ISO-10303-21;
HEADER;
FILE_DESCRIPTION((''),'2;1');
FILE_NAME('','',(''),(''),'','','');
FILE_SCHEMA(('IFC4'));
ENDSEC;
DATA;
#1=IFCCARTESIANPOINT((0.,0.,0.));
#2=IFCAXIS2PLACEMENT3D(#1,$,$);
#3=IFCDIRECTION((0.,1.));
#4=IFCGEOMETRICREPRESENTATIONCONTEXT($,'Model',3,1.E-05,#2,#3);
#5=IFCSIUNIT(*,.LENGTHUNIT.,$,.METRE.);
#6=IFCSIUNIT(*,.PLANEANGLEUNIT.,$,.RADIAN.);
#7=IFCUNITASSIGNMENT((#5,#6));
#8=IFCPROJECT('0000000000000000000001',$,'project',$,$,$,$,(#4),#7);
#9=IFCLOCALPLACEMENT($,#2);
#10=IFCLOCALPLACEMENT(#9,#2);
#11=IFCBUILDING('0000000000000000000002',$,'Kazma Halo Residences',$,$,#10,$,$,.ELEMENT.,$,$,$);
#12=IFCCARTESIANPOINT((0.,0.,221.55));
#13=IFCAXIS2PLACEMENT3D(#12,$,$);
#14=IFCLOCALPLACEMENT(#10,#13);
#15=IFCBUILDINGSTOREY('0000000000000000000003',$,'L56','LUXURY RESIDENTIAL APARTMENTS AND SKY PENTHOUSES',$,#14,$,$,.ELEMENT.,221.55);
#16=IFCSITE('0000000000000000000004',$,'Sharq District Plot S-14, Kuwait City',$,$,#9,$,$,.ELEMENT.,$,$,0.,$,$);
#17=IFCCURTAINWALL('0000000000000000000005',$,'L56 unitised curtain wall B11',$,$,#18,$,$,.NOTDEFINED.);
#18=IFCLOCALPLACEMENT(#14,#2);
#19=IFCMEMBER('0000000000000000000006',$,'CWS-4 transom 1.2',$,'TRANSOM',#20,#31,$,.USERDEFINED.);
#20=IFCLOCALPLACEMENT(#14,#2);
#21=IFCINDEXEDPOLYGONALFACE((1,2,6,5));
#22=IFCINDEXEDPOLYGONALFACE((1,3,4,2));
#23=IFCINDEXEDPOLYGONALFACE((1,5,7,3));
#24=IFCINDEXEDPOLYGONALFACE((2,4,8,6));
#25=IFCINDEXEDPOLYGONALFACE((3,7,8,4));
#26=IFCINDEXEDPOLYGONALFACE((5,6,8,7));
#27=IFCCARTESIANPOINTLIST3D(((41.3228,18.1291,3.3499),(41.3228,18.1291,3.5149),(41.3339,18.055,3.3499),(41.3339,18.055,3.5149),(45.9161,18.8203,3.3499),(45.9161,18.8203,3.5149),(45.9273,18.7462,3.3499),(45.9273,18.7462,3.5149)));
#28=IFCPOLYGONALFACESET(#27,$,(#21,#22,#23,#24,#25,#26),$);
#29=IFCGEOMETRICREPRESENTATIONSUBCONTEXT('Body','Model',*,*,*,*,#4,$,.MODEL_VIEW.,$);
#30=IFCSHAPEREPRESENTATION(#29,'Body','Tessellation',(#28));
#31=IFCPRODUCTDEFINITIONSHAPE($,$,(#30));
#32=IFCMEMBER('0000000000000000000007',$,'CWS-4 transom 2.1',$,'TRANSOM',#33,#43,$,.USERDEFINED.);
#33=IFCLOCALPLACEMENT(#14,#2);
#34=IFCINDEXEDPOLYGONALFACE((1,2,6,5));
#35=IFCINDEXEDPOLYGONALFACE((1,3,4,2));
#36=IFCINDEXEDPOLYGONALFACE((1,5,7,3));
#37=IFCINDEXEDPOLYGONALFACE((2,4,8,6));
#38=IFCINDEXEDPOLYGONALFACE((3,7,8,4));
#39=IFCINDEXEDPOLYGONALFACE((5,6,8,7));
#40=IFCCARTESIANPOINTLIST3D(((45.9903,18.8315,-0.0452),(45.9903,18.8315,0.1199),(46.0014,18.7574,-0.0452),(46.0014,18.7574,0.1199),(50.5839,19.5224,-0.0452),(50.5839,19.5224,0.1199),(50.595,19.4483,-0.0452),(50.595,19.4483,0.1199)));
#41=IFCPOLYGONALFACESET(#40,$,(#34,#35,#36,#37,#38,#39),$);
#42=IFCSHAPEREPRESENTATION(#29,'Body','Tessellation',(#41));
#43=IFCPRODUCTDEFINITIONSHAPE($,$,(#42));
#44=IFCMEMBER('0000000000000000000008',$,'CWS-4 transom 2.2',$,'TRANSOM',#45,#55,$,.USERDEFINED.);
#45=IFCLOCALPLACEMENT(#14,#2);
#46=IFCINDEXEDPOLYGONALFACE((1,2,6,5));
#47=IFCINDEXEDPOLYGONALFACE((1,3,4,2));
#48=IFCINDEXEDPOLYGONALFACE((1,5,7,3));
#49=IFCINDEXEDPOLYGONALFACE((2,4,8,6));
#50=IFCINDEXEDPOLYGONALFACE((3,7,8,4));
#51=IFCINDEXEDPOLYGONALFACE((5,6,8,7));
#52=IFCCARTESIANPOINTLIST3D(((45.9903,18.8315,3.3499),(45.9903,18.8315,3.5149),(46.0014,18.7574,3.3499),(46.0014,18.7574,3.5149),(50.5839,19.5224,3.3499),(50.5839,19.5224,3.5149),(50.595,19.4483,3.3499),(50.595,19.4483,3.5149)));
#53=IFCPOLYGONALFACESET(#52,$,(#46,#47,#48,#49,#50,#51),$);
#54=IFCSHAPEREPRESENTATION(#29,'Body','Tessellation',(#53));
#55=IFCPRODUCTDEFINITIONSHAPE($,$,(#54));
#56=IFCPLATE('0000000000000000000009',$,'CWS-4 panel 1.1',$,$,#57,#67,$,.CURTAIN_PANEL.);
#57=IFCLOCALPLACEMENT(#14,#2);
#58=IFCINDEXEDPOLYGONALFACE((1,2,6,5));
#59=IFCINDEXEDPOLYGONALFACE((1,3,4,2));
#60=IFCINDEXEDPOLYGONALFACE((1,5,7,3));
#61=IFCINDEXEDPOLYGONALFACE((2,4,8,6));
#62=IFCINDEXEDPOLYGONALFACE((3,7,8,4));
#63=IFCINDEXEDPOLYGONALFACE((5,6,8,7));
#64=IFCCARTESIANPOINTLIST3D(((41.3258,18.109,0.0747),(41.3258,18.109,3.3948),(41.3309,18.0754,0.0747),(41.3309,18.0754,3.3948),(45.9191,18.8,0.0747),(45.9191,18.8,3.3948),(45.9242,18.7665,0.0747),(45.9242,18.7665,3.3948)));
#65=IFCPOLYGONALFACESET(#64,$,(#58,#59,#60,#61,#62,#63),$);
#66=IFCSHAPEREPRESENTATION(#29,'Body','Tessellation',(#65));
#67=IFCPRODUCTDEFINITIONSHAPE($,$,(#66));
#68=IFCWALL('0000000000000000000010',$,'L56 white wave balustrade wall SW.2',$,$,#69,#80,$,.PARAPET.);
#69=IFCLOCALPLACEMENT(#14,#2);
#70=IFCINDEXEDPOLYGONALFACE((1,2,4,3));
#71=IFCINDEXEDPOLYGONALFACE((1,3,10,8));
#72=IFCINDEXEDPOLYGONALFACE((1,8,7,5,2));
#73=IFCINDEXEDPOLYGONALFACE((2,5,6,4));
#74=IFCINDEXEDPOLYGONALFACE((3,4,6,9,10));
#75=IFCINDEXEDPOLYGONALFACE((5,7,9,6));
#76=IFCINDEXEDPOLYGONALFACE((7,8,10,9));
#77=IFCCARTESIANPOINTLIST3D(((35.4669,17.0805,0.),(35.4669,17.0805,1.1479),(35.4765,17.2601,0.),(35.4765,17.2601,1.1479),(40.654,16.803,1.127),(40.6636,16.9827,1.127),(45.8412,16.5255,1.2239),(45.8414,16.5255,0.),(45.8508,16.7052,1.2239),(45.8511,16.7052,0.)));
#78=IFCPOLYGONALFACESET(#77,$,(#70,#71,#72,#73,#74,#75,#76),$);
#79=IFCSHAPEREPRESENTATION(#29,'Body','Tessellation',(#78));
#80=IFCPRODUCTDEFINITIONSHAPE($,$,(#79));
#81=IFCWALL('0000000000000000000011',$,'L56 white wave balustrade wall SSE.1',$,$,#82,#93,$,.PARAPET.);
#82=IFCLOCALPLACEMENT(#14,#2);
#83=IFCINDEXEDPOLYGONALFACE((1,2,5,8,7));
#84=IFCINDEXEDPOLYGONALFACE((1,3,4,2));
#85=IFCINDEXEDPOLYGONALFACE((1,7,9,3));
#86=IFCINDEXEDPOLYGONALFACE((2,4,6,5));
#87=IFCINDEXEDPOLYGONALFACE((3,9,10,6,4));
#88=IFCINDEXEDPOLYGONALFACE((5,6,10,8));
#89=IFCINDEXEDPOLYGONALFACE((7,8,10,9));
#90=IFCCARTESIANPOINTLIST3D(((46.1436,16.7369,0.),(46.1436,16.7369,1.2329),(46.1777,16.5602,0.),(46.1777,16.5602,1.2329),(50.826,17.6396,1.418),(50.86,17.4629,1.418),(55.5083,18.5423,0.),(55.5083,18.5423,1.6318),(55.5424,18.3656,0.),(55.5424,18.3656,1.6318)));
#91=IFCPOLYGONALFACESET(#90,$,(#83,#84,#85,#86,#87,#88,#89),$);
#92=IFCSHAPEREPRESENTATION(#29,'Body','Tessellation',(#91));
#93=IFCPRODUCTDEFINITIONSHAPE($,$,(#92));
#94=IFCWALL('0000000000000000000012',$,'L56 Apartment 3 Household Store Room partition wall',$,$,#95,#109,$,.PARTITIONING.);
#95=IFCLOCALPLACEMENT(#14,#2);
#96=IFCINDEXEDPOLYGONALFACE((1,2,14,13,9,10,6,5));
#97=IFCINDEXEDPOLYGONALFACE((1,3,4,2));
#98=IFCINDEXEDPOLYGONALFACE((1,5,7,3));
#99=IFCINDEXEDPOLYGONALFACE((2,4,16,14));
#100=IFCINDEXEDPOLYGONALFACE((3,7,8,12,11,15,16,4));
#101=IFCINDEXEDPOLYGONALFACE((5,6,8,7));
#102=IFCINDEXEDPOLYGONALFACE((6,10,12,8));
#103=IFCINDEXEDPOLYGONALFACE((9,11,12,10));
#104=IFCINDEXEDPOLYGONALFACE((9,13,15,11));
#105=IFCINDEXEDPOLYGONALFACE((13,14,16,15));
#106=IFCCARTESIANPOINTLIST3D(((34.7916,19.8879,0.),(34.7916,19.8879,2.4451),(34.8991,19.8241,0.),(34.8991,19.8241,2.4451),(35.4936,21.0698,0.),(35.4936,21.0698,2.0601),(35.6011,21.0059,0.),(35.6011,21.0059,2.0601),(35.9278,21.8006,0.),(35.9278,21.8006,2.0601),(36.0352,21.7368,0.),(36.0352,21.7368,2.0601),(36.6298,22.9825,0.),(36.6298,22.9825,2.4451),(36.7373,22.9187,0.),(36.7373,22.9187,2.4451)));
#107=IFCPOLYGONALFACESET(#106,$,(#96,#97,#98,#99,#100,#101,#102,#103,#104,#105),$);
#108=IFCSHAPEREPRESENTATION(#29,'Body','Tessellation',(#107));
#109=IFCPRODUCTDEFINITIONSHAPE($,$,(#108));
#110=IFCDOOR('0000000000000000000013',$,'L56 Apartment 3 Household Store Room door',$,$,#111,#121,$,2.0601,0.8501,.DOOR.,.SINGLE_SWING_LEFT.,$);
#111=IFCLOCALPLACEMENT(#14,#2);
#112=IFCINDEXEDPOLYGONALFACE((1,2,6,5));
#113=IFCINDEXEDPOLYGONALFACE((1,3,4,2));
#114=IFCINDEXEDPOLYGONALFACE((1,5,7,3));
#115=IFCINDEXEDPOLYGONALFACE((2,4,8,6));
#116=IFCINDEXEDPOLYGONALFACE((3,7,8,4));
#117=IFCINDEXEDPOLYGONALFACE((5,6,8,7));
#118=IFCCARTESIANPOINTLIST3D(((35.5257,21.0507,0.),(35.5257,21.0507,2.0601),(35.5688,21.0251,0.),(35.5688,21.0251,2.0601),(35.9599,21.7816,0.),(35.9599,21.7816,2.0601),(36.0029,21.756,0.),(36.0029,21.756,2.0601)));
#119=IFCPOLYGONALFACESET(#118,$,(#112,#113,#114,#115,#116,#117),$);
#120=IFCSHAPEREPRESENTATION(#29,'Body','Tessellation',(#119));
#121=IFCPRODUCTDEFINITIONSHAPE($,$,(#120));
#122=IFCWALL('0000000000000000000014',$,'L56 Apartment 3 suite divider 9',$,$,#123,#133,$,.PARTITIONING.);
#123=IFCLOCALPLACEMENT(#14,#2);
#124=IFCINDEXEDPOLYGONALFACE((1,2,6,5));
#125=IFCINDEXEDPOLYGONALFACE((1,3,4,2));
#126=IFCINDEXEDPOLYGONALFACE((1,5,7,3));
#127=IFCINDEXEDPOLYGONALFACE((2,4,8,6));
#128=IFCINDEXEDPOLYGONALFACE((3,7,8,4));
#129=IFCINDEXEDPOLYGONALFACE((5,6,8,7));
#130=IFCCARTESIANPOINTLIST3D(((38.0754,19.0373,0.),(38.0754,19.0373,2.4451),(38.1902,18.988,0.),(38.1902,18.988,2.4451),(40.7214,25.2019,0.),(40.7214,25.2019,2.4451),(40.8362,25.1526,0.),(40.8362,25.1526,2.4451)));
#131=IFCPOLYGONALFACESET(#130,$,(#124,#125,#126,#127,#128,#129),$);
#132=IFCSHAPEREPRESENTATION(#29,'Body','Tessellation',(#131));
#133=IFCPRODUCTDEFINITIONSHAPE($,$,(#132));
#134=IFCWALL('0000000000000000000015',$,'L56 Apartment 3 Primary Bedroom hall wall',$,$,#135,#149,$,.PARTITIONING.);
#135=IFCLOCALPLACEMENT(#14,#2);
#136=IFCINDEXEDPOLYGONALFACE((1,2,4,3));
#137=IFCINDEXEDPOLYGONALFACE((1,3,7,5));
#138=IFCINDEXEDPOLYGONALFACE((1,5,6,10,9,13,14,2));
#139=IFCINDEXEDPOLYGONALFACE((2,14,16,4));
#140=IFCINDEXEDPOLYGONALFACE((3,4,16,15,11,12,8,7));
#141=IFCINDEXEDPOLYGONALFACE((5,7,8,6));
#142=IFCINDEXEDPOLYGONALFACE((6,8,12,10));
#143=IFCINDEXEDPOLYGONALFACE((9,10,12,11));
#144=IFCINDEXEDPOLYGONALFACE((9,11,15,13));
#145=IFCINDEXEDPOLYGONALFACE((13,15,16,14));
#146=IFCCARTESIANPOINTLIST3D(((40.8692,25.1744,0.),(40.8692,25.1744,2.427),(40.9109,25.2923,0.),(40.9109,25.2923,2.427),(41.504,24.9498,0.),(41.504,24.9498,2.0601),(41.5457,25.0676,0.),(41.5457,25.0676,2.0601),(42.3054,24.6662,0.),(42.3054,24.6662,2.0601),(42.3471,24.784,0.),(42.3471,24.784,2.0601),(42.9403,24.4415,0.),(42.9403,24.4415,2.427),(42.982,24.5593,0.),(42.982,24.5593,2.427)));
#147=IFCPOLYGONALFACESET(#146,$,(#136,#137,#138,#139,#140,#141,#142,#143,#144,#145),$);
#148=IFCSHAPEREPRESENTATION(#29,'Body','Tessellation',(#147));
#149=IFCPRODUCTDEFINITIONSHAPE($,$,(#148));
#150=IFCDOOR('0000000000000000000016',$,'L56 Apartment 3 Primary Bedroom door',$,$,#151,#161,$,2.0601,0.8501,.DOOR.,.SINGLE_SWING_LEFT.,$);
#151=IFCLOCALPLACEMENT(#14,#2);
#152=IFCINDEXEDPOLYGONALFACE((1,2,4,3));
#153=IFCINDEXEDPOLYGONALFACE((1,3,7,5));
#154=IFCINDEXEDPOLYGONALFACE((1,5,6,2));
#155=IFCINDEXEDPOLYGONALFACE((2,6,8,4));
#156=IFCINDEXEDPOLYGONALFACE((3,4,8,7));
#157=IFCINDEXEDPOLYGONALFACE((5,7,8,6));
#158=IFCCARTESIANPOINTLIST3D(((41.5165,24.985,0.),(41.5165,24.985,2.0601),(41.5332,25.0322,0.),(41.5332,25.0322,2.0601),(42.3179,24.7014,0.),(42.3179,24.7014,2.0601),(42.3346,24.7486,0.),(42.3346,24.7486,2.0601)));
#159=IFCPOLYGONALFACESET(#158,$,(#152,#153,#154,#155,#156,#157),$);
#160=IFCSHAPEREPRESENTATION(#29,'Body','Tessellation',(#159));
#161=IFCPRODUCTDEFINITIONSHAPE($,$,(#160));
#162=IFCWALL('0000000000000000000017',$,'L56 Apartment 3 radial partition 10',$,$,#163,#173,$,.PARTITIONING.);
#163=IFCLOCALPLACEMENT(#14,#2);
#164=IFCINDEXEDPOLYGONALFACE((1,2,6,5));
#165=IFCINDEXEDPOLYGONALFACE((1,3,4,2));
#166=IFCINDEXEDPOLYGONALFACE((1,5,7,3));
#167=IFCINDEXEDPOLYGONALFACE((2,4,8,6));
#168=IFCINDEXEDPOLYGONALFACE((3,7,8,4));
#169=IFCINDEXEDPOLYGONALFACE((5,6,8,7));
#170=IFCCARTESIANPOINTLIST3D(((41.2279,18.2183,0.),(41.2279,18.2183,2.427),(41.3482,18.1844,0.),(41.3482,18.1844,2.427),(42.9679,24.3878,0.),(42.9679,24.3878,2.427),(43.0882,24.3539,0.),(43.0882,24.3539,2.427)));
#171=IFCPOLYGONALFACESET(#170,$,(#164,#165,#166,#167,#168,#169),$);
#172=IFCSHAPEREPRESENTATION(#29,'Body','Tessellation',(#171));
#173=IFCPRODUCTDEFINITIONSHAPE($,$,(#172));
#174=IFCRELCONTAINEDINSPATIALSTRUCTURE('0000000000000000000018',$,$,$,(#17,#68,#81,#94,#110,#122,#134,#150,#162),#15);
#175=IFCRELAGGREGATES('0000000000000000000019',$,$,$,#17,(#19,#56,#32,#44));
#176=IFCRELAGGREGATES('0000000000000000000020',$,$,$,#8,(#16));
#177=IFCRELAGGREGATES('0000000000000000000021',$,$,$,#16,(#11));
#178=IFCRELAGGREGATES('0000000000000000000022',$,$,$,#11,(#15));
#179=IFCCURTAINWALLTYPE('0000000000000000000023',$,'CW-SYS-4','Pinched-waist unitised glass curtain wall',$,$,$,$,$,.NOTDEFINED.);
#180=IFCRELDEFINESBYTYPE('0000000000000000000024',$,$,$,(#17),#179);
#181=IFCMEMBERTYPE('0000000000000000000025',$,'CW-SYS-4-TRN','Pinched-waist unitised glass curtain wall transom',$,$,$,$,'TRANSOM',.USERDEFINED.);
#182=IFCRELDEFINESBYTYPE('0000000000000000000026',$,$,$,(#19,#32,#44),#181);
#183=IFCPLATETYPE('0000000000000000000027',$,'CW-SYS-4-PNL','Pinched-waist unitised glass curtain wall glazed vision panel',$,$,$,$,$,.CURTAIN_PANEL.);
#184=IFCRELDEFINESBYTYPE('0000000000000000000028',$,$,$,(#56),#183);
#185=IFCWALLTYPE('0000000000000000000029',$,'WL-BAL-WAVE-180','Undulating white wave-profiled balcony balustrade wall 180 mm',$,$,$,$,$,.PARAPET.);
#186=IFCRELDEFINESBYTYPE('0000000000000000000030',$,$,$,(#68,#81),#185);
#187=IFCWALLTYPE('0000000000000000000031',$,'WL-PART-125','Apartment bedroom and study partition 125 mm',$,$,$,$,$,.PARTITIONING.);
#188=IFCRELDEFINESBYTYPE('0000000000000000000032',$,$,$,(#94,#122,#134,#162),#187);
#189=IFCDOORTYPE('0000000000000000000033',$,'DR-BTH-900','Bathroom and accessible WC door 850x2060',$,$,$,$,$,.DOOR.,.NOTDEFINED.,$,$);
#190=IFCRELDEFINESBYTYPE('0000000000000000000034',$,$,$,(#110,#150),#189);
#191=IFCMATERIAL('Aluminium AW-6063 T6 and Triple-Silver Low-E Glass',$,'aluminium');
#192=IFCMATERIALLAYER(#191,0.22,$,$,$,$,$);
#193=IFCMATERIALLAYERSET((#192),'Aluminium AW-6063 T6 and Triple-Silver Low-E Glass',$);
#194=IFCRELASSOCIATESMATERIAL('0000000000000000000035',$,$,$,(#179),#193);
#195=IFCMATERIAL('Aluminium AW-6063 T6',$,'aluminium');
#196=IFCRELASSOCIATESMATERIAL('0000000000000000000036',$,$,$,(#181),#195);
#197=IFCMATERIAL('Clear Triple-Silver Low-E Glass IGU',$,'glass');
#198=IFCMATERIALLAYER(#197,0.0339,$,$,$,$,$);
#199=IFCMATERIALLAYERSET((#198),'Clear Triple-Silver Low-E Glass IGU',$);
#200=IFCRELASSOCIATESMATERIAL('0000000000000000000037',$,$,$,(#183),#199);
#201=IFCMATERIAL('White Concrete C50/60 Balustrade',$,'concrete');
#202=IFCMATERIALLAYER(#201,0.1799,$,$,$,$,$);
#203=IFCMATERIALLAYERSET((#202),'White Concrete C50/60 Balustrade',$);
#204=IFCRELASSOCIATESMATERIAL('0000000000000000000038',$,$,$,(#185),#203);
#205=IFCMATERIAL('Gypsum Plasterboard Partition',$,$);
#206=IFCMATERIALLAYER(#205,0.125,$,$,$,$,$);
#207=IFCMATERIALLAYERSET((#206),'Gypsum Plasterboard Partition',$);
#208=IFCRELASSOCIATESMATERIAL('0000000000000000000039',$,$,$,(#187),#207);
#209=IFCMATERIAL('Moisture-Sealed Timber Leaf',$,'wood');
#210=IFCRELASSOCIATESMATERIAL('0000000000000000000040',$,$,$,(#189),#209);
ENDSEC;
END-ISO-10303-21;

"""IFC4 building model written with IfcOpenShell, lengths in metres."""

from ifc_helpers import new_model, si_unit, direction, frame, frame_2d, origin, origin_2d, place, context, subcontext, project, spatial, polyline, rectangle, outline, extrude, material, layer, layer_set, material_profile, profile_set, type_object, element, fill, aggregate, save


model = new_model("IFC4")

# Units and contexts
model_context = context("Model", 3, precision=1e-05, world=origin(), true_north=direction((0.0, 1.0)))
body_context = subcontext(model_context, "Body", "Model", "MODEL_VIEW")
ifc_project = project(units=[si_unit("LENGTHUNIT", "METRE"), si_unit("PLANEANGLEUNIT", "RADIAN")], contexts=[model_context])

# Site, building, storey
site_placement = place(None, origin())
site = spatial("IfcSite", under=ifc_project, at=site_placement, Name="Sharq District Plot S-14, Kuwait City", CompositionType="ELEMENT", RefElevation=0.0)
building_placement = place(site_placement, origin())
building = spatial("IfcBuilding", under=site, at=building_placement, Name="Kazma Halo Residences", CompositionType="ELEMENT")
storey_placement = place(building_placement, frame((0.0, 0.0, 221.55)))
storey = spatial("IfcBuildingStorey", under=building, at=storey_placement, Name="L56", Description="LUXURY RESIDENTIAL APARTMENTS AND SKY PENTHOUSES", CompositionType="ELEMENT", Elevation=221.55)

# Curtain wall, members, plate
ifc_material_1 = material(Name="Aluminium AW-6063 T6 and Triple-Silver Low-E Glass", Category="aluminium")
ifc_layer_1 = layer(ifc_material_1, 0.22)
ifc_layer_set_1 = layer_set([ifc_layer_1], Name="Aluminium AW-6063 T6 and Triple-Silver Low-E Glass")
curtain_wall_type = type_object("IfcCurtainWallType", Name="CW-SYS-4", Description="Pinched-waist unitised glass curtain wall", PredefinedType="NOTDEFINED", material=ifc_layer_set_1)
curtain_wall_placement = place(storey_placement, origin())
curtain_wall = element("IfcCurtainWall", 1, at=curtain_wall_placement, inside=storey, type_object=curtain_wall_type, Name="L56 unitised curtain wall B11", PredefinedType="NOTDEFINED")
ifc_material_2 = material(Name="Aluminium AW-6063 T6", Category="aluminium")
ifc_material_profile_1 = material_profile(ifc_material_2, rectangle(XDim=0.075, YDim=0.165, at=origin_2d()), Name="CWT-75x165")
ifc_profile_set_1 = profile_set([ifc_material_profile_1], Name="Aluminium AW-6063 T6")
member_type_1 = type_object("IfcMemberType", Name="CW-SYS-4-TRN", Description="Pinched-waist unitised glass curtain wall transom", ElementType="TRANSOM", PredefinedType="USERDEFINED", material=ifc_profile_set_1)
member_1_placement = place(storey_placement, frame((41.3284, 18.092, 3.4324), z_axis=(0.988868, 0.148798, 0.0), x_axis=(-0.148798, 0.988868, 0.0)))
member_1 = element("IfcMember", 2, at=member_1_placement, type_object=member_type_1, Name="CWS-4 transom 1.2", ObjectType="TRANSOM", PredefinedType="USERDEFINED", context=body_context, shape_type="SweptSolid", body=[
    extrude(rectangle(XDim=0.075, YDim=0.165, at=origin_2d()), origin(), (0.0, 0.0, 1.0), 4.645),
])
member_2_placement = place(storey_placement, frame((45.9958, 18.7944, 0.0374), z_axis=(0.988877, 0.148739, 0.0), x_axis=(-0.148739, 0.988877, 0.0)))
member_2 = element("IfcMember", 3, at=member_2_placement, type_object=member_type_1, Name="CWS-4 transom 2.1", ObjectType="TRANSOM", PredefinedType="USERDEFINED", context=body_context, shape_type="SweptSolid", body=[
    extrude(rectangle(XDim=0.075, YDim=0.165, at=origin_2d()), origin(), (0.0, 0.0, 1.0), 4.6453),
])
member_3_placement = place(storey_placement, frame((45.9958, 18.7944, 3.4324), z_axis=(0.988877, 0.148739, 0.0), x_axis=(-0.148739, 0.988877, 0.0)))
member_3 = element("IfcMember", 4, at=member_3_placement, type_object=member_type_1, Name="CWS-4 transom 2.2", ObjectType="TRANSOM", PredefinedType="USERDEFINED", context=body_context, shape_type="SweptSolid", body=[
    extrude(rectangle(XDim=0.075, YDim=0.165, at=origin_2d()), origin(), (0.0, 0.0, 1.0), 4.6453),
])
ifc_material_3 = material(Name="Clear Triple-Silver Low-E Glass IGU", Category="glass")
ifc_layer_2 = layer(ifc_material_3, 0.0339)
ifc_layer_set_2 = layer_set([ifc_layer_2], Name="Clear Triple-Silver Low-E Glass IGU")
plate_type = type_object("IfcPlateType", Name="CW-SYS-4-PNL", Description="Pinched-waist unitised glass curtain wall glazed vision panel", PredefinedType="CURTAIN_PANEL", material=ifc_layer_set_2)
plate_placement = place(storey_placement, frame((43.625, 18.4377, 0.0747), z_axis=(0.0, 0.0, 1.0), x_axis=(0.988871, 0.148773, 0.0)))
plate = element("IfcPlate", 5, at=plate_placement, type_object=plate_type, Name="CWS-4 panel 1.1", PredefinedType="CURTAIN_PANEL", context=body_context, shape_type="SweptSolid", body=[
    extrude(rectangle(XDim=4.645, YDim=0.0339, at=origin_2d()), origin(), (0.0, 0.0, 1.0), 3.3201),
])
aggregate(curtain_wall, [member_1, plate, member_2, member_3])

# Walls
ifc_material_4 = material(Name="White Concrete C50/60 Balustrade", Category="concrete")
ifc_layer_3 = layer(ifc_material_4, 0.1799)
ifc_layer_set_3 = layer_set([ifc_layer_3], Name="White Concrete C50/60 Balustrade")
wall_type_1 = type_object("IfcWallType", Name="WL-BAL-WAVE-180", Description="Undulating white wave-profiled balcony balustrade wall 180 mm", PredefinedType="PARAPET", material=ifc_layer_set_3)
wall_1_placement = place(storey_placement, frame((35.4717, 17.1704, 0.0), z_axis=(0.0, 0.0, 1.0), x_axis=(0.998572, -0.053414, 0.0)))
element("IfcWall", 6, at=wall_1_placement, inside=storey, type_object=wall_type_1, Name="L56 white wave balustrade wall SW.2", PredefinedType="PARAPET", context=body_context, shape_type="SweptSolid", body=[
    extrude(outline(polyline([(0.0, 0.0), (10.3894, 0.0), (10.3892, 1.2239), (5.1946, 1.127), (0.0, 1.1479), (0.0, 0.0)])), frame((0.0, 0.0898, 0.0), z_axis=(0.0, -1.0, 0.0), x_axis=(1.0, 0.0, 0.0)), (0.0, 0.0, 1.0), 0.1799),
])
wall_2_placement = place(storey_placement, frame((46.1606, 16.6487, 0.0), z_axis=(0.0, 0.0, 1.0), x_axis=(0.981919, 0.189303, 0.0)))
element("IfcWall", 7, at=wall_2_placement, inside=storey, type_object=wall_type_1, Name="L56 white wave balustrade wall SSE.1", PredefinedType="PARAPET", context=body_context, shape_type="SweptSolid", body=[
    extrude(outline(polyline([(0.0, 0.0), (9.5371, 0.0), (9.5371, 1.6318), (4.7686, 1.418), (0.0, 1.2329), (0.0, 0.0)])), frame((0.0, 0.0898, 0.0), z_axis=(0.0, -1.0, 0.0), x_axis=(1.0, 0.0, 0.0)), (0.0, 0.0, 1.0), 0.1799),
])

# Wall, opening, door
ifc_material_5 = material(Name="Gypsum Plasterboard Partition")
ifc_layer_4 = layer(ifc_material_5, 0.125)
ifc_layer_set_4 = layer_set([ifc_layer_4], Name="Gypsum Plasterboard Partition")
wall_type_2 = type_object("IfcWallType", Name="WL-PART-125", Description="Apartment bedroom and study partition 125 mm", PredefinedType="PARTITIONING", material=ifc_layer_set_4)
wall_3_placement = place(storey_placement, frame((36.6836, 22.9507, 0.0), z_axis=(0.0, 0.0, 1.0), x_axis=(-0.5107, -0.859759, 0.0)))
wall_3 = element("IfcWall", 8, at=wall_3_placement, inside=storey, type_object=wall_type_2, Name="L56 Apartment 3 Household Store Room partition wall", PredefinedType="PARTITIONING", context=body_context, shape_type="SweptSolid", body=[
    extrude(rectangle(XDim=3.5994, YDim=0.125, at=frame_2d((1.7998, 0.0))), origin(), (0.0, 0.0, 1.0), 2.4451),
])
opening_1_placement = place(wall_3_placement, frame((1.3748, 0.0, 0.0)))
opening_1 = element("IfcOpeningElement", 9, at=opening_1_placement, cuts=wall_3, PredefinedType="OPENING", context=body_context, shape_type="SweptSolid", body=[
    extrude(rectangle(XDim=0.8501, YDim=2.0601, at=frame_2d((0.425, 1.03))), frame((0.0, 0.0725, 0.0), z_axis=(0.0, -1.0, 0.0), x_axis=(1.0, 0.0, 0.0)), (0.0, 0.0, 1.0), 0.145),
])
ifc_material_6 = material(Name="Moisture-Sealed Timber Leaf", Category="wood")
door_type_1 = type_object("IfcDoorType", Name="DR-BTH-900", Description="Bathroom and accessible WC door 850x2060", OperationType="NOTDEFINED", PredefinedType="DOOR", material=ifc_material_6)
door_1_placement = place(opening_1_placement, origin())
door_1 = element("IfcDoor", 10, at=door_1_placement, inside=storey, type_object=door_type_1, Name="L56 Apartment 3 Household Store Room door", OperationType="SINGLE_SWING_LEFT", OverallHeight=2.0601, OverallWidth=0.8501, PredefinedType="DOOR", context=body_context, shape_type="SweptSolid", body=[
    extrude(rectangle(XDim=0.8501, YDim=2.0601, at=frame_2d((0.425, 1.03))), frame((0.0, 0.0249, 0.0), z_axis=(0.0, -1.0, 0.0), x_axis=(1.0, 0.0, 0.0)), (0.0, 0.0, 1.0), 0.05),
])
fill(opening_1, door_1)

# Wall
wall_4_placement = place(storey_placement, frame((40.7788, 25.1772, 0.0), z_axis=(0.0, 0.0, 1.0), x_axis=(-0.394429, -0.918927, 0.0)))
element("IfcWall", 11, at=wall_4_placement, inside=storey, type_object=wall_type_2, Name="L56 Apartment 3 suite divider 9", PredefinedType="PARTITIONING", context=body_context, shape_type="SweptSolid", body=[
    extrude(rectangle(XDim=6.7085, YDim=0.125, at=frame_2d((3.3542, 0.0))), origin(), (0.0, 0.0, 1.0), 2.4451),
])

# Wall, opening, door
wall_5_placement = place(storey_placement, frame((40.8899, 25.2334, 0.0), z_axis=(0.0, 0.0, 1.0), x_axis=(0.942711, -0.333611, 0.0)))
wall_5 = element("IfcWall", 12, at=wall_5_placement, inside=storey, type_object=wall_type_2, Name="L56 Apartment 3 Primary Bedroom hall wall", PredefinedType="PARTITIONING", context=body_context, shape_type="SweptSolid", body=[
    extrude(rectangle(XDim=2.197, YDim=0.125, at=frame_2d((1.0986, 0.0))), origin(), (0.0, 0.0, 1.0), 2.427),
])
opening_2_placement = place(wall_5_placement, frame((0.6736, 0.0, 0.0)))
opening_2 = element("IfcOpeningElement", 13, at=opening_2_placement, cuts=wall_5, PredefinedType="OPENING", context=body_context, shape_type="SweptSolid", body=[
    extrude(rectangle(XDim=0.8501, YDim=2.0601, at=frame_2d((0.425, 1.03))), frame((0.0, 0.0725, 0.0), z_axis=(0.0, -1.0, 0.0), x_axis=(1.0, 0.0, 0.0)), (0.0, 0.0, 1.0), 0.145),
])
door_2_placement = place(opening_2_placement, origin())
door_2 = element("IfcDoor", 14, at=door_2_placement, inside=storey, type_object=door_type_1, Name="L56 Apartment 3 Primary Bedroom door", OperationType="SINGLE_SWING_LEFT", OverallHeight=2.0601, OverallWidth=0.8501, PredefinedType="DOOR", context=body_context, shape_type="SweptSolid", body=[
    extrude(rectangle(XDim=0.8501, YDim=2.0601, at=frame_2d((0.425, 1.03))), frame((0.0, 0.0249, 0.0), z_axis=(0.0, -1.0, 0.0), x_axis=(1.0, 0.0, 0.0)), (0.0, 0.0, 1.0), 0.05),
])
fill(opening_2, door_2)

# Wall
wall_6_placement = place(storey_placement, frame((43.0281, 24.3708, 0.0), z_axis=(0.0, 0.0, 1.0), x_axis=(-0.271445, -0.962454, 0.0)))
element("IfcWall", 15, at=wall_6_placement, inside=storey, type_object=wall_type_2, Name="L56 Apartment 3 radial partition 10", PredefinedType="PARTITIONING", context=body_context, shape_type="SweptSolid", body=[
    extrude(rectangle(XDim=6.4102, YDim=0.125, at=frame_2d((3.2051, 0.0))), origin(), (0.0, 0.0, 1.0), 2.427),
])

save(model, "model.ifc")
